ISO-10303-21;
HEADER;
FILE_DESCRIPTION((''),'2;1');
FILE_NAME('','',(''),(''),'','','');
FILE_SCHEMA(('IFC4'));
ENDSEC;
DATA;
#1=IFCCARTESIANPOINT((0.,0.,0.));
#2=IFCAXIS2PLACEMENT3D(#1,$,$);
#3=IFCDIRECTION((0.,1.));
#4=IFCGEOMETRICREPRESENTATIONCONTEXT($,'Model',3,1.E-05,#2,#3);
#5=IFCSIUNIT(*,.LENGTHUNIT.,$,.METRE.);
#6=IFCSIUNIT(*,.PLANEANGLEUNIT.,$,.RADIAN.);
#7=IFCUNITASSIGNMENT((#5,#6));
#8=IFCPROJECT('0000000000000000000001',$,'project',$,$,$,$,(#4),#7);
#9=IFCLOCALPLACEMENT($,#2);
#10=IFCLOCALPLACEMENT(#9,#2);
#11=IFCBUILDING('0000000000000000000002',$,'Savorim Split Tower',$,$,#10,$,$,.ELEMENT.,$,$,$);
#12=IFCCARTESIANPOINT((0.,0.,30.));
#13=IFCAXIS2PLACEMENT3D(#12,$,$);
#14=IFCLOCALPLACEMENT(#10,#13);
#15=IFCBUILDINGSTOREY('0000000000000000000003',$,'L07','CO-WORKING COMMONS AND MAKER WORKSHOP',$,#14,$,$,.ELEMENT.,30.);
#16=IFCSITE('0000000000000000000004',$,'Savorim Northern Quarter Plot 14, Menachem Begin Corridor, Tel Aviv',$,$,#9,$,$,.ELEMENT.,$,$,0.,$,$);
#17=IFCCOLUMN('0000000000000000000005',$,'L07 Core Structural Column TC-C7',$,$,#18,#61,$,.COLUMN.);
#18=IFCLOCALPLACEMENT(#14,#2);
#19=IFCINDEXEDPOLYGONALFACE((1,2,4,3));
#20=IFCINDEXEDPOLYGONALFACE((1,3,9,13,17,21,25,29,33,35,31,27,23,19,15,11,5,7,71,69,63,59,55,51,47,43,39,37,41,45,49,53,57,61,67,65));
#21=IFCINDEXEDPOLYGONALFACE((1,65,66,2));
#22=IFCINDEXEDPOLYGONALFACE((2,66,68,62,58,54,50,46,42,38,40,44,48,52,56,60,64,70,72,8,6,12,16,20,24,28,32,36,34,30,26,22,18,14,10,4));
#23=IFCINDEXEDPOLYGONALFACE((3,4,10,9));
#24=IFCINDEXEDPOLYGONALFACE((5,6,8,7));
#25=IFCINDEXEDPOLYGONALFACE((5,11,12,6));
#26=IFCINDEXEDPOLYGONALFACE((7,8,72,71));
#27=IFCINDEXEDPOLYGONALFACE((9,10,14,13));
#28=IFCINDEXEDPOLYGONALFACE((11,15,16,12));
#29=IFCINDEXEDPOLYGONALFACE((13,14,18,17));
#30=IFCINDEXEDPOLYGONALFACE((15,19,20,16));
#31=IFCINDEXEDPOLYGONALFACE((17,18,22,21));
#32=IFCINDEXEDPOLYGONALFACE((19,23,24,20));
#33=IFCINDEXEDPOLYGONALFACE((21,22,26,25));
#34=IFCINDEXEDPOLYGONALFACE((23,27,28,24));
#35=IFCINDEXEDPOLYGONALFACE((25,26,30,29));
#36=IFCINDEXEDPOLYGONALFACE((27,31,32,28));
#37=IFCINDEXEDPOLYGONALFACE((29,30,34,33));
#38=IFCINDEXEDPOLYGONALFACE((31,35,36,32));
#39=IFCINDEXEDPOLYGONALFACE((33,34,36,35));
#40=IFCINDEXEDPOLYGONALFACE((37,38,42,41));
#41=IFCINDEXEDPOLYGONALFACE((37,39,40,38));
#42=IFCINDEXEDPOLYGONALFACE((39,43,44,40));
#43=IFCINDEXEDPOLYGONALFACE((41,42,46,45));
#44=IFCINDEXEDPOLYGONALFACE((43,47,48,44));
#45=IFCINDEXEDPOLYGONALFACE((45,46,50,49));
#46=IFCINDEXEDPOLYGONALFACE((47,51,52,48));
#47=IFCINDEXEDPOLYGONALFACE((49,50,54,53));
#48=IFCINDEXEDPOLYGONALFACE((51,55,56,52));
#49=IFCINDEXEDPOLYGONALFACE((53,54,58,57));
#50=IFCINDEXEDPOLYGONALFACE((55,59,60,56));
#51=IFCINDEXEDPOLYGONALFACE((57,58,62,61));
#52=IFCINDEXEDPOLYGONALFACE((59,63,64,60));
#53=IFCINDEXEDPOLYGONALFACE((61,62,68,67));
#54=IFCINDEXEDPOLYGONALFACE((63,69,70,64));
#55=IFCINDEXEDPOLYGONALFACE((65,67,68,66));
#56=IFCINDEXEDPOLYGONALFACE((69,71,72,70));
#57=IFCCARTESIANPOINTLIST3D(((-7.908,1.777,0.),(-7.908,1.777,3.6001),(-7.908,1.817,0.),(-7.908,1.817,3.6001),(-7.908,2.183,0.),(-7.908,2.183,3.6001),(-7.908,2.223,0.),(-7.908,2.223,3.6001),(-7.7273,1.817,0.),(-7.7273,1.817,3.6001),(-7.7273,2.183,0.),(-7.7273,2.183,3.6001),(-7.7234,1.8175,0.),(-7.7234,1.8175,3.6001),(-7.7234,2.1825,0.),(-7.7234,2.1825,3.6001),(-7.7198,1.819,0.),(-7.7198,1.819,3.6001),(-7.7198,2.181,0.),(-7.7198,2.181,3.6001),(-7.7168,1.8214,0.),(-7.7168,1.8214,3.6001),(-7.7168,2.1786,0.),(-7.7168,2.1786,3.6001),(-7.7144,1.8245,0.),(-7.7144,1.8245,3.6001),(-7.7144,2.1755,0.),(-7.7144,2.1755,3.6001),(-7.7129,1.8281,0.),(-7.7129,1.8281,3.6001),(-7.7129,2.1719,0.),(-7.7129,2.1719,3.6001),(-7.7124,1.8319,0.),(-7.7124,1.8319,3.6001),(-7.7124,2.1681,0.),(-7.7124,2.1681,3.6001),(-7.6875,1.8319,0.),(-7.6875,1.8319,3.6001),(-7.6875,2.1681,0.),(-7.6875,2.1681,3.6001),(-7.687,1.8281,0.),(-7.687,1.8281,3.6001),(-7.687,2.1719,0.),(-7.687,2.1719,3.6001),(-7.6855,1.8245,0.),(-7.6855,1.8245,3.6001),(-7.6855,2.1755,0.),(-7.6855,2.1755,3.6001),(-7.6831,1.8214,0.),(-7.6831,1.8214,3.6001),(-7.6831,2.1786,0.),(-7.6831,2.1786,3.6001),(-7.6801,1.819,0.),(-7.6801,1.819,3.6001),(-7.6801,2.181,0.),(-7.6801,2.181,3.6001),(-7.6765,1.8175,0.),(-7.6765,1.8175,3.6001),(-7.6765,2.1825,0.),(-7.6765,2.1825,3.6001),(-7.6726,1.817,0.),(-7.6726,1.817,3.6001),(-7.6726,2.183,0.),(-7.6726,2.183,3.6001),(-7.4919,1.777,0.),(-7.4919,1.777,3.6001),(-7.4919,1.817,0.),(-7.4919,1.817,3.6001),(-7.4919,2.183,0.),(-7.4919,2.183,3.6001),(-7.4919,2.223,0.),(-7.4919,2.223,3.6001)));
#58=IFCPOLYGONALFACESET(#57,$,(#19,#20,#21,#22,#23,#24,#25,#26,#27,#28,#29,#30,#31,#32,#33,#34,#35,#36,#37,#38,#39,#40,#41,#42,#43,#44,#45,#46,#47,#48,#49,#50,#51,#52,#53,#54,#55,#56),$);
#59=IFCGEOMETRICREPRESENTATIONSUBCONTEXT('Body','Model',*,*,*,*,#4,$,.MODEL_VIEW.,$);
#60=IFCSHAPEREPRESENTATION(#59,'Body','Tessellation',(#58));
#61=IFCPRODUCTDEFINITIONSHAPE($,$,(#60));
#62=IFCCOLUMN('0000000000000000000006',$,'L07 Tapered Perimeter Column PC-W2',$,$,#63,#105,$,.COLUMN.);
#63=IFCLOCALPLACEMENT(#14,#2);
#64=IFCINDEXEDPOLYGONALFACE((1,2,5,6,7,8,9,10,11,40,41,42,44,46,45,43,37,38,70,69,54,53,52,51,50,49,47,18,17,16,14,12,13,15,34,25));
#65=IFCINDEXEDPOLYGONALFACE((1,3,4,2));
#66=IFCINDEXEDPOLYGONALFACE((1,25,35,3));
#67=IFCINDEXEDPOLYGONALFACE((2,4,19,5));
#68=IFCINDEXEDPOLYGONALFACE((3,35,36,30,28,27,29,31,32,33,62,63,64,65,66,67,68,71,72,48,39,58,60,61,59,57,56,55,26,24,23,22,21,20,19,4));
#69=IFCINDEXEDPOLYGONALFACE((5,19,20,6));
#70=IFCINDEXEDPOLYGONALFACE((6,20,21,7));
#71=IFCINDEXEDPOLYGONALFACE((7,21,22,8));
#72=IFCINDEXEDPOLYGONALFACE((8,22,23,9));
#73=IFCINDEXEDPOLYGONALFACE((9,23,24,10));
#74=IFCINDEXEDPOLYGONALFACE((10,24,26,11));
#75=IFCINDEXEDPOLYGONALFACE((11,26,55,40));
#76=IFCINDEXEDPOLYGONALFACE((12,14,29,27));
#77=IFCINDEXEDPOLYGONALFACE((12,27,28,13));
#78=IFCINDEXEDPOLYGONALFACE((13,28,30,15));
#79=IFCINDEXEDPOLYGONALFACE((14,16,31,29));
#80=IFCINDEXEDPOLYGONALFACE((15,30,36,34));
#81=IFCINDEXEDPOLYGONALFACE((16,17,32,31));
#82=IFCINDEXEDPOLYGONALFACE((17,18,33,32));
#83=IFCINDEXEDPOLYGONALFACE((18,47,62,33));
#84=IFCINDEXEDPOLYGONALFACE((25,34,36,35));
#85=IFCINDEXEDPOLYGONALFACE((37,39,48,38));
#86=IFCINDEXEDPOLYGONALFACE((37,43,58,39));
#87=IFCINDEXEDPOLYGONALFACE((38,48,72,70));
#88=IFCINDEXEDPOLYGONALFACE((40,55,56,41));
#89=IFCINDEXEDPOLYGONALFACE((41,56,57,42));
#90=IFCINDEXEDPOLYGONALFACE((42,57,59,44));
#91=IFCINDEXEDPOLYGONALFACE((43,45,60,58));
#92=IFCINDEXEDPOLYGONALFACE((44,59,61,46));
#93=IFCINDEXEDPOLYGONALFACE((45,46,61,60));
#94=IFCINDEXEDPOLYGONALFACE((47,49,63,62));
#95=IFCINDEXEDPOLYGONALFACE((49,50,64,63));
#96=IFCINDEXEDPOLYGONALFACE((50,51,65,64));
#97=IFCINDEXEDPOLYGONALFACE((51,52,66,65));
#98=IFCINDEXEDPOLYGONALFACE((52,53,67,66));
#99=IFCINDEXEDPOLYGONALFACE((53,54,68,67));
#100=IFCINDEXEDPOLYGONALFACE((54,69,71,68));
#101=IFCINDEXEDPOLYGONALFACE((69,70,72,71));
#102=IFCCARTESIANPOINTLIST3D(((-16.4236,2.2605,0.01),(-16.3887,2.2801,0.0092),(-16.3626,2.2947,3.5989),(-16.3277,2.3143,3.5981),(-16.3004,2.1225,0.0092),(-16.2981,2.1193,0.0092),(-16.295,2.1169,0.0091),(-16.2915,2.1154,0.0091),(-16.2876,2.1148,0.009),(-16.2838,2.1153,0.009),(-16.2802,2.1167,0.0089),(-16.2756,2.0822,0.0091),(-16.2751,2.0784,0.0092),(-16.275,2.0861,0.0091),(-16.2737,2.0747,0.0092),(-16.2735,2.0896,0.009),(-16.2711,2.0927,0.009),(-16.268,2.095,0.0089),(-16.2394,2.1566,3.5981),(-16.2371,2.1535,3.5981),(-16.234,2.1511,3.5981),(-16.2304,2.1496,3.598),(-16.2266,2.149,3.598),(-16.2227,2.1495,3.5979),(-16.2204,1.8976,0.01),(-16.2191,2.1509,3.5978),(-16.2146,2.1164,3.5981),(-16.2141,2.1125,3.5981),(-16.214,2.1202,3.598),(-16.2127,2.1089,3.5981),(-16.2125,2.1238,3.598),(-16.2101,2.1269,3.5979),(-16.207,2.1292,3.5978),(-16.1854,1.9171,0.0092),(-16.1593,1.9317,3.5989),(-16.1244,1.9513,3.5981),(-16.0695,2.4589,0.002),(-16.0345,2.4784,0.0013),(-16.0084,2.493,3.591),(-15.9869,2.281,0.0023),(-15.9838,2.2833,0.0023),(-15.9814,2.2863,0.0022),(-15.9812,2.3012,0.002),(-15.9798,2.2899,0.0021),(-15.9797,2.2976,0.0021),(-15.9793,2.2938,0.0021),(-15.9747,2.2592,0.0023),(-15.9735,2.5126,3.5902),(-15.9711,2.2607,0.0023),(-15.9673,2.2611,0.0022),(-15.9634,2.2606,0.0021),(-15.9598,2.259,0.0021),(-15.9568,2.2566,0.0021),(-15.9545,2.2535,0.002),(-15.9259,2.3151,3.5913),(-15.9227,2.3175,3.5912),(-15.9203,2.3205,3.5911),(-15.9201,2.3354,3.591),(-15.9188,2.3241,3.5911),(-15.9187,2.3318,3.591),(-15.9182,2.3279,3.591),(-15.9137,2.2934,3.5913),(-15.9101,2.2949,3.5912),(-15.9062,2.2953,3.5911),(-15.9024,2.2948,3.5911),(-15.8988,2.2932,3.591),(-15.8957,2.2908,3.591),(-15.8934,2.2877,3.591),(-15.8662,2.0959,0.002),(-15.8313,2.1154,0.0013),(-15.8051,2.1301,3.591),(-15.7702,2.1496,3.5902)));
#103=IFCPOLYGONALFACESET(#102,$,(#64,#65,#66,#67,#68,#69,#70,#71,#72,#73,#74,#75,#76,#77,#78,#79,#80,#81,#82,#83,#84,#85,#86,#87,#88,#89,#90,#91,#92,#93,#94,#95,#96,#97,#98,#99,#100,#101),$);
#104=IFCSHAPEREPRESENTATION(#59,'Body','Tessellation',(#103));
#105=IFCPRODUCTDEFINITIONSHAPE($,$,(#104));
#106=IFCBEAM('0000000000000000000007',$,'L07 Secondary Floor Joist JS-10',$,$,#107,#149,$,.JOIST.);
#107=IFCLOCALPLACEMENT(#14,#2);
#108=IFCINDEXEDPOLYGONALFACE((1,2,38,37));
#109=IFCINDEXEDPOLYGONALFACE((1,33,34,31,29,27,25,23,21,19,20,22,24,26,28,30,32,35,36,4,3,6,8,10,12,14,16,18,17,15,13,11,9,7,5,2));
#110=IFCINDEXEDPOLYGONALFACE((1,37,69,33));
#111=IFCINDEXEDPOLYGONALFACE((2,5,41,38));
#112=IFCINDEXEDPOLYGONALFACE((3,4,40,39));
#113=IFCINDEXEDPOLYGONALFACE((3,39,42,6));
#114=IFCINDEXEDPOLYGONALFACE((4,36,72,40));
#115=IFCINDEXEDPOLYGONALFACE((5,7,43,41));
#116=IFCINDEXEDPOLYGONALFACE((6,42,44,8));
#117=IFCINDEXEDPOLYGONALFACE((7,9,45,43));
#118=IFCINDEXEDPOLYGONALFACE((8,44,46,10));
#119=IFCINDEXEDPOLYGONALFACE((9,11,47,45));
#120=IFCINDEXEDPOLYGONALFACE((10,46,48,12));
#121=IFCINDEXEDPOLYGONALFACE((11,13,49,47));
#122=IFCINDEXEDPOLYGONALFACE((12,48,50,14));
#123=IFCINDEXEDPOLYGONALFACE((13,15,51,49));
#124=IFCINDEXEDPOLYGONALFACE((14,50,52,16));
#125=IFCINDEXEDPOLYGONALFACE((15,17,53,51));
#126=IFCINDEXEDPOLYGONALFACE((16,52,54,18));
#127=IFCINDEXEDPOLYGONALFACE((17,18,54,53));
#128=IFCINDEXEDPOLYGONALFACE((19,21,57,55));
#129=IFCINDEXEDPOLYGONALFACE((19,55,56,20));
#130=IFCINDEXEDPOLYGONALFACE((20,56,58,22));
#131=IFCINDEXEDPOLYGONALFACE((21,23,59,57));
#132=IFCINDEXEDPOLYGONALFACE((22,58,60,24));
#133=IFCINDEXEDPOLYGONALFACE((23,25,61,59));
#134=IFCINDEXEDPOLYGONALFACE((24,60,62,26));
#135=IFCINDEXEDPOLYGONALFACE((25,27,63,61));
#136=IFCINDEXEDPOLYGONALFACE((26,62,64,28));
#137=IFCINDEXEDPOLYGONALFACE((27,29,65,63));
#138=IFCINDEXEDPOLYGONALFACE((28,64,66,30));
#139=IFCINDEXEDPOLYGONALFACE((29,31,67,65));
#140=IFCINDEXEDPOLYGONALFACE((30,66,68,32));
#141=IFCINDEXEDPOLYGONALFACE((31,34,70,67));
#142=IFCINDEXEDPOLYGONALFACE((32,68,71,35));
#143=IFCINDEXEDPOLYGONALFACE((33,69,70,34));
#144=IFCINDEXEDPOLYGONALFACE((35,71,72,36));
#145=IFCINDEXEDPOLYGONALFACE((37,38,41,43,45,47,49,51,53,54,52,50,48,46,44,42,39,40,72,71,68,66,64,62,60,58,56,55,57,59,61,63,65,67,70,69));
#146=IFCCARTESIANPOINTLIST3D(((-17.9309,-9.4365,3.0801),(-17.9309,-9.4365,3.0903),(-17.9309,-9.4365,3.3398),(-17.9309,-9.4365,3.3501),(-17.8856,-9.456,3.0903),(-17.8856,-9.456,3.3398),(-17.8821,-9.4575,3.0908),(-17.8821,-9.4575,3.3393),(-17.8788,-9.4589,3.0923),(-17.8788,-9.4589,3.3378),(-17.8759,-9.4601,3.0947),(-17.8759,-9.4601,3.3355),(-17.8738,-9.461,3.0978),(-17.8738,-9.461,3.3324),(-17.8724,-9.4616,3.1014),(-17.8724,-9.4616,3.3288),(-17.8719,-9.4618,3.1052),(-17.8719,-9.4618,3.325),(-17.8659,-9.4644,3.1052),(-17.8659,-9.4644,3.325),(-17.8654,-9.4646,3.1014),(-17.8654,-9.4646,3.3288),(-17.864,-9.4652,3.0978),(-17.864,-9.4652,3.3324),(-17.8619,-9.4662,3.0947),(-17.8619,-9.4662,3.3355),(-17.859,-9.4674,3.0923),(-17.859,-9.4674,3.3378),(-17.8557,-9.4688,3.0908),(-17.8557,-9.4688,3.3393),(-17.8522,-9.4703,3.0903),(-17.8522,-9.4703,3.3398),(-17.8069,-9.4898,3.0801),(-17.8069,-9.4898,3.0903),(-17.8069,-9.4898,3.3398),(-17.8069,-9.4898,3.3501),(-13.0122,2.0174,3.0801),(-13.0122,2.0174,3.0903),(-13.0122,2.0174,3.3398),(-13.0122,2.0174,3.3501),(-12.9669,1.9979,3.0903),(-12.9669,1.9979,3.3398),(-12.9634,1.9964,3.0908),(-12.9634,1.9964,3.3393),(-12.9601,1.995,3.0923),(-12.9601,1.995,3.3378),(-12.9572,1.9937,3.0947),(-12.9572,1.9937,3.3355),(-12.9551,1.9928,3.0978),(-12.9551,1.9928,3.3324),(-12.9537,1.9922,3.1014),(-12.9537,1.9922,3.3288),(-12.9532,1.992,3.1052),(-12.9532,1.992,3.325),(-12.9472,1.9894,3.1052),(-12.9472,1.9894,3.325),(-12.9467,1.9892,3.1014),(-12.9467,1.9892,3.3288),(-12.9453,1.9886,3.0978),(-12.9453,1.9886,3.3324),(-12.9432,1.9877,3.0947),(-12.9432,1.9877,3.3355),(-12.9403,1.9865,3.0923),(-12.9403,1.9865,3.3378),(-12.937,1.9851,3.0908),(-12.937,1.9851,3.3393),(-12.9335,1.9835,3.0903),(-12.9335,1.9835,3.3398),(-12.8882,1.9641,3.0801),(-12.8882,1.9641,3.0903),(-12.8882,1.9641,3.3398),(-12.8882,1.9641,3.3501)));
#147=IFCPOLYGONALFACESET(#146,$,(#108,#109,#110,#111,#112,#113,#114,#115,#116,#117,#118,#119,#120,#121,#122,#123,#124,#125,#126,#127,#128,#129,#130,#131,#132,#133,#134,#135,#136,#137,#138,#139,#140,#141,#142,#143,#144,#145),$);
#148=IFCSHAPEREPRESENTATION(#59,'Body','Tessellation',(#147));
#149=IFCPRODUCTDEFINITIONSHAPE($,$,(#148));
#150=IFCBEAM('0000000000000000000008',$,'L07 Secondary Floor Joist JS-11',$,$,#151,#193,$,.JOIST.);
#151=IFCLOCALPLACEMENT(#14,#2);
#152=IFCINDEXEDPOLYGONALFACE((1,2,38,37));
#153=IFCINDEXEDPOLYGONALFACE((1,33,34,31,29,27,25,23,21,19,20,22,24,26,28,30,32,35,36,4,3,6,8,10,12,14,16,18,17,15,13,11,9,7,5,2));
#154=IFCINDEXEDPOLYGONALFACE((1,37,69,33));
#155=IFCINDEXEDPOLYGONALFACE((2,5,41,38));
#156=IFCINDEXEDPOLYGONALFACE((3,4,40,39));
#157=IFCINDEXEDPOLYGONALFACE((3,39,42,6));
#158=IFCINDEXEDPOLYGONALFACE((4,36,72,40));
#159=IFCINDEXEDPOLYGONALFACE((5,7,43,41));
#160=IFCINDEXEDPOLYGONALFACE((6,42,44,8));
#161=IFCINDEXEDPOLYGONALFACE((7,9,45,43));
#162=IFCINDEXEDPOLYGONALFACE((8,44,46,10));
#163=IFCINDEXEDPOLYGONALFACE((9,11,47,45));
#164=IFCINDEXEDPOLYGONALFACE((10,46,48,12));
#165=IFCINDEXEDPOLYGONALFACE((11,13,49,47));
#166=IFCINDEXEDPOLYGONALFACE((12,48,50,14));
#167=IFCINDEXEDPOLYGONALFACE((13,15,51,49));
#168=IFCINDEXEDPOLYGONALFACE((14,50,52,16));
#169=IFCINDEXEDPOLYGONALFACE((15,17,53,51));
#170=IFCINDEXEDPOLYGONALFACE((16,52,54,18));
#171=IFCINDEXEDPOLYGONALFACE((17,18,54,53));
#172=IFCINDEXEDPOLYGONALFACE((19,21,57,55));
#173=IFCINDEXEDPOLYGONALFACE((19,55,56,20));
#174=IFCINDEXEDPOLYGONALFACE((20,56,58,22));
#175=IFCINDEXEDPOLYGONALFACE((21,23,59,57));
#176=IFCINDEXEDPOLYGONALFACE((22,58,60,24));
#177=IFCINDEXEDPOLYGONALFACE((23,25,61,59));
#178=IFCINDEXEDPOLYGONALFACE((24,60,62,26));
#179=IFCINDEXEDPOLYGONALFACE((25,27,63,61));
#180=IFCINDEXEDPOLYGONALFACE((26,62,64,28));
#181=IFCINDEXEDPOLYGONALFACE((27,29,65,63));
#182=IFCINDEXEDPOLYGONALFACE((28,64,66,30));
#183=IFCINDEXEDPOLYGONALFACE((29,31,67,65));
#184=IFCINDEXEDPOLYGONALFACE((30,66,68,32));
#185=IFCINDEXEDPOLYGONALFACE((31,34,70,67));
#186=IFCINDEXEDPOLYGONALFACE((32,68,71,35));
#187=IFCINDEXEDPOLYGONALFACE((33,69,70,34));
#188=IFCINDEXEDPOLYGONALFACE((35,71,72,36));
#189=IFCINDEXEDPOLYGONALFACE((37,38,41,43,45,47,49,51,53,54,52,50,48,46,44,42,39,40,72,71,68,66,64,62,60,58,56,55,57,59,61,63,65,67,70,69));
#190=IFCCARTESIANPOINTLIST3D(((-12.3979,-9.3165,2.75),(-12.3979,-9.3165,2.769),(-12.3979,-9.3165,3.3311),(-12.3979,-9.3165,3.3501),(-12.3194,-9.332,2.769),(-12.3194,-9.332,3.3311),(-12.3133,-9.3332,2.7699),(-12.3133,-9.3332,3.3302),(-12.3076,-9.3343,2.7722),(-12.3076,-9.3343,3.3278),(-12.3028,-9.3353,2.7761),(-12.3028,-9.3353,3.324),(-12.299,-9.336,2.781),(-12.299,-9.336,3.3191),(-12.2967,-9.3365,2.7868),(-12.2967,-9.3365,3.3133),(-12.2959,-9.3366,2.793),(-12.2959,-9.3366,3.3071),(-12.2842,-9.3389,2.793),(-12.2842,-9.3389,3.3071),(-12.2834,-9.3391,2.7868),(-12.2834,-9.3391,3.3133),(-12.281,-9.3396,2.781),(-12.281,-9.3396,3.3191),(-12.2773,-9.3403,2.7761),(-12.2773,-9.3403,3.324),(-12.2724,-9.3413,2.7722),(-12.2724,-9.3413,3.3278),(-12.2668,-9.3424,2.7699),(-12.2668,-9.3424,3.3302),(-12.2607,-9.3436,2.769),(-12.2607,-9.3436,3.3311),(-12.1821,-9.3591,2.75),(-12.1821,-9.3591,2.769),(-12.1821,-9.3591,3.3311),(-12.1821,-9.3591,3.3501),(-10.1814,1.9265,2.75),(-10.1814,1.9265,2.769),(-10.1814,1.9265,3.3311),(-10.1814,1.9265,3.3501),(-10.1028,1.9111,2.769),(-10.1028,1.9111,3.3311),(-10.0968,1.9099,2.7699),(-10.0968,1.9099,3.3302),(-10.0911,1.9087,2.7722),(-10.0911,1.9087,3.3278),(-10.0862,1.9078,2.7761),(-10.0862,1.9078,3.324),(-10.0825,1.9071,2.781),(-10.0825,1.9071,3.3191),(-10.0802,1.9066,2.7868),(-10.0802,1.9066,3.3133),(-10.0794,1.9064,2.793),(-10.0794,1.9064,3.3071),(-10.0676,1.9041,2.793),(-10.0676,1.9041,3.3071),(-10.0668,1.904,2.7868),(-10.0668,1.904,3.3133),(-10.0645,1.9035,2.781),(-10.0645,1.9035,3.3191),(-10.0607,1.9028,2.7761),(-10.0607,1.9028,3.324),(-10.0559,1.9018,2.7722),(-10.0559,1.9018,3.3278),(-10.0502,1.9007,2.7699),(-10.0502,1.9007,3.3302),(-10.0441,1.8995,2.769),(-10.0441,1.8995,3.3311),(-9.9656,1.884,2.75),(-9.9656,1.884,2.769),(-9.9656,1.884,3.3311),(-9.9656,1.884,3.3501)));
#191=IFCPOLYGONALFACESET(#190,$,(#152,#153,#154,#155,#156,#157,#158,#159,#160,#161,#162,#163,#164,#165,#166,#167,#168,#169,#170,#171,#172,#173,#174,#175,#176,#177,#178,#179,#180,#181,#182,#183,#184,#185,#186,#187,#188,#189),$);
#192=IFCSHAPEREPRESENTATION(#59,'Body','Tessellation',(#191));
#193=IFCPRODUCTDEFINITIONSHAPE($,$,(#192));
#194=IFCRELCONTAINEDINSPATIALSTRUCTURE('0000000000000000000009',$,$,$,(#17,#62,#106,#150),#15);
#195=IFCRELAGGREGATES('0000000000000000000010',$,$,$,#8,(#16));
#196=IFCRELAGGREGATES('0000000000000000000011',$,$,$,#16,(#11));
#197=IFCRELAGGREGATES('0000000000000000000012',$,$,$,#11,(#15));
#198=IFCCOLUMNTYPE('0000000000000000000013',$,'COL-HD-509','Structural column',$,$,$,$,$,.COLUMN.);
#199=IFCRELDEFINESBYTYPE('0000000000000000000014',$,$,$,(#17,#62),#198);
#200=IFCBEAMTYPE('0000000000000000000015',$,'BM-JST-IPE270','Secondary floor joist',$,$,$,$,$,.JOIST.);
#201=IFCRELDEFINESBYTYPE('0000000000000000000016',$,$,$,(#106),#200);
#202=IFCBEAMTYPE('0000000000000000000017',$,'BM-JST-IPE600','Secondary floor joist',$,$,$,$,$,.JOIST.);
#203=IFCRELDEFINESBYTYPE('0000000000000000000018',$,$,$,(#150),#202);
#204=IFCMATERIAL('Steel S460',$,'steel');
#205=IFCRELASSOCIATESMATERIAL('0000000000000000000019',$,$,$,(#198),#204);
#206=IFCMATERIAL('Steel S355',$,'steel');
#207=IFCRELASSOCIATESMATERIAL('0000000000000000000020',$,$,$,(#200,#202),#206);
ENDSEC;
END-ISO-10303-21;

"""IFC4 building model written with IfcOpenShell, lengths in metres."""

from ifc_helpers import new_model, si_unit, direction, frame, origin, origin_2d, place, context, subcontext, project, spatial, i_section, extrude, material, material_profile, profile_set, type_object, element, save


model = new_model("IFC4")

# Units and contexts
model_context = context("Model", 3, precision=1e-05, world=origin(), true_north=direction((0.0, 1.0)))
body_context = subcontext(model_context, "Body", "Model", "MODEL_VIEW")
ifc_project = project(units=[si_unit("LENGTHUNIT", "METRE"), si_unit("PLANEANGLEUNIT", "RADIAN")], contexts=[model_context])

# Site, building, storey
site_placement = place(None, origin())
site = spatial("IfcSite", under=ifc_project, at=site_placement, Name="Savorim Northern Quarter Plot 14, Menachem Begin Corridor, Tel Aviv", CompositionType="ELEMENT", RefElevation=0.0)
building_placement = place(site_placement, origin())
building = spatial("IfcBuilding", under=site, at=building_placement, Name="Savorim Split Tower", CompositionType="ELEMENT")
storey_placement = place(building_placement, frame((0.0, 0.0, 30.0)))
storey = spatial("IfcBuildingStorey", under=building, at=storey_placement, Name="L07", Description="CO-WORKING COMMONS AND MAKER WORKSHOP", CompositionType="ELEMENT", Elevation=30.0)

# Columns
ifc_material_1 = material(Name="Steel S460", Category="steel")
ifc_material_profile_1 = material_profile(ifc_material_1, i_section(OverallWidth=0.416, OverallDepth=0.446, WebThickness=0.0249, FlangeThickness=0.04, FilletRadius=0.0149, at=origin_2d()), Name="HD 400x509")
ifc_profile_set_1 = profile_set([ifc_material_profile_1], Name="Steel S460")
column_type = type_object("IfcColumnType", Name="COL-HD-509", Description="Structural column", PredefinedType="COLUMN", material=ifc_profile_set_1)
column_1_placement = place(storey_placement, frame((-7.7, 2.0, 0.0), z_axis=(0.0, 0.0, 1.0), x_axis=(1.0, 0.0, 0.0)))
element("IfcColumn", 1, at=column_1_placement, inside=storey, type_object=column_type, Name="L07 Core Structural Column TC-C7", PredefinedType="COLUMN", context=body_context, shape_type="SweptSolid", body=[
    extrude(i_section(OverallWidth=0.416, OverallDepth=0.446, WebThickness=0.0249, FlangeThickness=0.04, FilletRadius=0.0149, at=origin_2d()), origin(), (0.0, 0.0, 1.0), 3.6001),
])
column_2_placement = place(storey_placement, frame((-16.1274, 2.188, 0.0056), z_axis=(0.017004, 0.009522, 0.99981), x_axis=(-0.488603, 0.872506, 0.0)))
element("IfcColumn", 2, at=column_2_placement, inside=storey, type_object=column_type, Name="L07 Tapered Perimeter Column PC-W2", PredefinedType="COLUMN", context=body_context, shape_type="SweptSolid", body=[
    extrude(i_section(OverallWidth=0.416, OverallDepth=0.446, WebThickness=0.0249, FlangeThickness=0.04, FilletRadius=0.0149, at=origin_2d()), origin(), (0.0, 0.0, 1.0), 3.5896),
])

# Beams
ifc_material_2 = material(Name="Steel S355", Category="steel")
ifc_material_profile_2 = material_profile(ifc_material_2, i_section(OverallWidth=0.135, OverallDepth=0.27, WebThickness=0.0066, FlangeThickness=0.0103, FilletRadius=0.0149, at=origin_2d()), Name="IPE 270")
ifc_profile_set_2 = profile_set([ifc_material_profile_2], Name="Steel S355")
beam_type_1 = type_object("IfcBeamType", Name="BM-JST-IPE270", Description="Secondary floor joist", PredefinedType="JOIST", material=ifc_profile_set_2)
beam_1_placement = place(storey_placement, frame((-12.9502, 1.9907, 3.2151), z_axis=(-0.394591, -0.918857, 0.0), x_axis=(0.918857, -0.394591, 0.0)))
element("IfcBeam", 3, at=beam_1_placement, inside=storey, type_object=beam_type_1, Name="L07 Secondary Floor Joist JS-10", PredefinedType="JOIST", context=body_context, shape_type="SweptSolid", body=[
    extrude(i_section(OverallWidth=0.135, OverallDepth=0.27, WebThickness=0.0066, FlangeThickness=0.0103, FilletRadius=0.0149, at=origin_2d()), origin(), (0.0, 0.0, 1.0), 12.4653),
])
ifc_material_profile_3 = material_profile(ifc_material_2, i_section(OverallWidth=0.22, OverallDepth=0.6001, WebThickness=0.012, FlangeThickness=0.019, FilletRadius=0.0239, at=origin_2d()), Name="IPE 600")
ifc_profile_set_3 = profile_set([ifc_material_profile_3], Name="Steel S355")
beam_type_2 = type_object("IfcBeamType", Name="BM-JST-IPE600", Description="Secondary floor joist", PredefinedType="JOIST", material=ifc_profile_set_3)
beam_2_placement = place(storey_placement, frame((-10.0735, 1.9053, 3.05), z_axis=(-0.193424, -0.981115, 0.0), x_axis=(0.981115, -0.193424, 0.0)))
element("IfcBeam", 4, at=beam_2_placement, inside=storey, type_object=beam_type_2, Name="L07 Secondary Floor Joist JS-11", PredefinedType="JOIST", context=body_context, shape_type="SweptSolid", body=[
    extrude(i_section(OverallWidth=0.22, OverallDepth=0.6001, WebThickness=0.012, FlangeThickness=0.019, FilletRadius=0.0239, at=origin_2d()), origin(), (0.0, 0.0, 1.0), 11.4595),
])

save(model, "model.ifc")
